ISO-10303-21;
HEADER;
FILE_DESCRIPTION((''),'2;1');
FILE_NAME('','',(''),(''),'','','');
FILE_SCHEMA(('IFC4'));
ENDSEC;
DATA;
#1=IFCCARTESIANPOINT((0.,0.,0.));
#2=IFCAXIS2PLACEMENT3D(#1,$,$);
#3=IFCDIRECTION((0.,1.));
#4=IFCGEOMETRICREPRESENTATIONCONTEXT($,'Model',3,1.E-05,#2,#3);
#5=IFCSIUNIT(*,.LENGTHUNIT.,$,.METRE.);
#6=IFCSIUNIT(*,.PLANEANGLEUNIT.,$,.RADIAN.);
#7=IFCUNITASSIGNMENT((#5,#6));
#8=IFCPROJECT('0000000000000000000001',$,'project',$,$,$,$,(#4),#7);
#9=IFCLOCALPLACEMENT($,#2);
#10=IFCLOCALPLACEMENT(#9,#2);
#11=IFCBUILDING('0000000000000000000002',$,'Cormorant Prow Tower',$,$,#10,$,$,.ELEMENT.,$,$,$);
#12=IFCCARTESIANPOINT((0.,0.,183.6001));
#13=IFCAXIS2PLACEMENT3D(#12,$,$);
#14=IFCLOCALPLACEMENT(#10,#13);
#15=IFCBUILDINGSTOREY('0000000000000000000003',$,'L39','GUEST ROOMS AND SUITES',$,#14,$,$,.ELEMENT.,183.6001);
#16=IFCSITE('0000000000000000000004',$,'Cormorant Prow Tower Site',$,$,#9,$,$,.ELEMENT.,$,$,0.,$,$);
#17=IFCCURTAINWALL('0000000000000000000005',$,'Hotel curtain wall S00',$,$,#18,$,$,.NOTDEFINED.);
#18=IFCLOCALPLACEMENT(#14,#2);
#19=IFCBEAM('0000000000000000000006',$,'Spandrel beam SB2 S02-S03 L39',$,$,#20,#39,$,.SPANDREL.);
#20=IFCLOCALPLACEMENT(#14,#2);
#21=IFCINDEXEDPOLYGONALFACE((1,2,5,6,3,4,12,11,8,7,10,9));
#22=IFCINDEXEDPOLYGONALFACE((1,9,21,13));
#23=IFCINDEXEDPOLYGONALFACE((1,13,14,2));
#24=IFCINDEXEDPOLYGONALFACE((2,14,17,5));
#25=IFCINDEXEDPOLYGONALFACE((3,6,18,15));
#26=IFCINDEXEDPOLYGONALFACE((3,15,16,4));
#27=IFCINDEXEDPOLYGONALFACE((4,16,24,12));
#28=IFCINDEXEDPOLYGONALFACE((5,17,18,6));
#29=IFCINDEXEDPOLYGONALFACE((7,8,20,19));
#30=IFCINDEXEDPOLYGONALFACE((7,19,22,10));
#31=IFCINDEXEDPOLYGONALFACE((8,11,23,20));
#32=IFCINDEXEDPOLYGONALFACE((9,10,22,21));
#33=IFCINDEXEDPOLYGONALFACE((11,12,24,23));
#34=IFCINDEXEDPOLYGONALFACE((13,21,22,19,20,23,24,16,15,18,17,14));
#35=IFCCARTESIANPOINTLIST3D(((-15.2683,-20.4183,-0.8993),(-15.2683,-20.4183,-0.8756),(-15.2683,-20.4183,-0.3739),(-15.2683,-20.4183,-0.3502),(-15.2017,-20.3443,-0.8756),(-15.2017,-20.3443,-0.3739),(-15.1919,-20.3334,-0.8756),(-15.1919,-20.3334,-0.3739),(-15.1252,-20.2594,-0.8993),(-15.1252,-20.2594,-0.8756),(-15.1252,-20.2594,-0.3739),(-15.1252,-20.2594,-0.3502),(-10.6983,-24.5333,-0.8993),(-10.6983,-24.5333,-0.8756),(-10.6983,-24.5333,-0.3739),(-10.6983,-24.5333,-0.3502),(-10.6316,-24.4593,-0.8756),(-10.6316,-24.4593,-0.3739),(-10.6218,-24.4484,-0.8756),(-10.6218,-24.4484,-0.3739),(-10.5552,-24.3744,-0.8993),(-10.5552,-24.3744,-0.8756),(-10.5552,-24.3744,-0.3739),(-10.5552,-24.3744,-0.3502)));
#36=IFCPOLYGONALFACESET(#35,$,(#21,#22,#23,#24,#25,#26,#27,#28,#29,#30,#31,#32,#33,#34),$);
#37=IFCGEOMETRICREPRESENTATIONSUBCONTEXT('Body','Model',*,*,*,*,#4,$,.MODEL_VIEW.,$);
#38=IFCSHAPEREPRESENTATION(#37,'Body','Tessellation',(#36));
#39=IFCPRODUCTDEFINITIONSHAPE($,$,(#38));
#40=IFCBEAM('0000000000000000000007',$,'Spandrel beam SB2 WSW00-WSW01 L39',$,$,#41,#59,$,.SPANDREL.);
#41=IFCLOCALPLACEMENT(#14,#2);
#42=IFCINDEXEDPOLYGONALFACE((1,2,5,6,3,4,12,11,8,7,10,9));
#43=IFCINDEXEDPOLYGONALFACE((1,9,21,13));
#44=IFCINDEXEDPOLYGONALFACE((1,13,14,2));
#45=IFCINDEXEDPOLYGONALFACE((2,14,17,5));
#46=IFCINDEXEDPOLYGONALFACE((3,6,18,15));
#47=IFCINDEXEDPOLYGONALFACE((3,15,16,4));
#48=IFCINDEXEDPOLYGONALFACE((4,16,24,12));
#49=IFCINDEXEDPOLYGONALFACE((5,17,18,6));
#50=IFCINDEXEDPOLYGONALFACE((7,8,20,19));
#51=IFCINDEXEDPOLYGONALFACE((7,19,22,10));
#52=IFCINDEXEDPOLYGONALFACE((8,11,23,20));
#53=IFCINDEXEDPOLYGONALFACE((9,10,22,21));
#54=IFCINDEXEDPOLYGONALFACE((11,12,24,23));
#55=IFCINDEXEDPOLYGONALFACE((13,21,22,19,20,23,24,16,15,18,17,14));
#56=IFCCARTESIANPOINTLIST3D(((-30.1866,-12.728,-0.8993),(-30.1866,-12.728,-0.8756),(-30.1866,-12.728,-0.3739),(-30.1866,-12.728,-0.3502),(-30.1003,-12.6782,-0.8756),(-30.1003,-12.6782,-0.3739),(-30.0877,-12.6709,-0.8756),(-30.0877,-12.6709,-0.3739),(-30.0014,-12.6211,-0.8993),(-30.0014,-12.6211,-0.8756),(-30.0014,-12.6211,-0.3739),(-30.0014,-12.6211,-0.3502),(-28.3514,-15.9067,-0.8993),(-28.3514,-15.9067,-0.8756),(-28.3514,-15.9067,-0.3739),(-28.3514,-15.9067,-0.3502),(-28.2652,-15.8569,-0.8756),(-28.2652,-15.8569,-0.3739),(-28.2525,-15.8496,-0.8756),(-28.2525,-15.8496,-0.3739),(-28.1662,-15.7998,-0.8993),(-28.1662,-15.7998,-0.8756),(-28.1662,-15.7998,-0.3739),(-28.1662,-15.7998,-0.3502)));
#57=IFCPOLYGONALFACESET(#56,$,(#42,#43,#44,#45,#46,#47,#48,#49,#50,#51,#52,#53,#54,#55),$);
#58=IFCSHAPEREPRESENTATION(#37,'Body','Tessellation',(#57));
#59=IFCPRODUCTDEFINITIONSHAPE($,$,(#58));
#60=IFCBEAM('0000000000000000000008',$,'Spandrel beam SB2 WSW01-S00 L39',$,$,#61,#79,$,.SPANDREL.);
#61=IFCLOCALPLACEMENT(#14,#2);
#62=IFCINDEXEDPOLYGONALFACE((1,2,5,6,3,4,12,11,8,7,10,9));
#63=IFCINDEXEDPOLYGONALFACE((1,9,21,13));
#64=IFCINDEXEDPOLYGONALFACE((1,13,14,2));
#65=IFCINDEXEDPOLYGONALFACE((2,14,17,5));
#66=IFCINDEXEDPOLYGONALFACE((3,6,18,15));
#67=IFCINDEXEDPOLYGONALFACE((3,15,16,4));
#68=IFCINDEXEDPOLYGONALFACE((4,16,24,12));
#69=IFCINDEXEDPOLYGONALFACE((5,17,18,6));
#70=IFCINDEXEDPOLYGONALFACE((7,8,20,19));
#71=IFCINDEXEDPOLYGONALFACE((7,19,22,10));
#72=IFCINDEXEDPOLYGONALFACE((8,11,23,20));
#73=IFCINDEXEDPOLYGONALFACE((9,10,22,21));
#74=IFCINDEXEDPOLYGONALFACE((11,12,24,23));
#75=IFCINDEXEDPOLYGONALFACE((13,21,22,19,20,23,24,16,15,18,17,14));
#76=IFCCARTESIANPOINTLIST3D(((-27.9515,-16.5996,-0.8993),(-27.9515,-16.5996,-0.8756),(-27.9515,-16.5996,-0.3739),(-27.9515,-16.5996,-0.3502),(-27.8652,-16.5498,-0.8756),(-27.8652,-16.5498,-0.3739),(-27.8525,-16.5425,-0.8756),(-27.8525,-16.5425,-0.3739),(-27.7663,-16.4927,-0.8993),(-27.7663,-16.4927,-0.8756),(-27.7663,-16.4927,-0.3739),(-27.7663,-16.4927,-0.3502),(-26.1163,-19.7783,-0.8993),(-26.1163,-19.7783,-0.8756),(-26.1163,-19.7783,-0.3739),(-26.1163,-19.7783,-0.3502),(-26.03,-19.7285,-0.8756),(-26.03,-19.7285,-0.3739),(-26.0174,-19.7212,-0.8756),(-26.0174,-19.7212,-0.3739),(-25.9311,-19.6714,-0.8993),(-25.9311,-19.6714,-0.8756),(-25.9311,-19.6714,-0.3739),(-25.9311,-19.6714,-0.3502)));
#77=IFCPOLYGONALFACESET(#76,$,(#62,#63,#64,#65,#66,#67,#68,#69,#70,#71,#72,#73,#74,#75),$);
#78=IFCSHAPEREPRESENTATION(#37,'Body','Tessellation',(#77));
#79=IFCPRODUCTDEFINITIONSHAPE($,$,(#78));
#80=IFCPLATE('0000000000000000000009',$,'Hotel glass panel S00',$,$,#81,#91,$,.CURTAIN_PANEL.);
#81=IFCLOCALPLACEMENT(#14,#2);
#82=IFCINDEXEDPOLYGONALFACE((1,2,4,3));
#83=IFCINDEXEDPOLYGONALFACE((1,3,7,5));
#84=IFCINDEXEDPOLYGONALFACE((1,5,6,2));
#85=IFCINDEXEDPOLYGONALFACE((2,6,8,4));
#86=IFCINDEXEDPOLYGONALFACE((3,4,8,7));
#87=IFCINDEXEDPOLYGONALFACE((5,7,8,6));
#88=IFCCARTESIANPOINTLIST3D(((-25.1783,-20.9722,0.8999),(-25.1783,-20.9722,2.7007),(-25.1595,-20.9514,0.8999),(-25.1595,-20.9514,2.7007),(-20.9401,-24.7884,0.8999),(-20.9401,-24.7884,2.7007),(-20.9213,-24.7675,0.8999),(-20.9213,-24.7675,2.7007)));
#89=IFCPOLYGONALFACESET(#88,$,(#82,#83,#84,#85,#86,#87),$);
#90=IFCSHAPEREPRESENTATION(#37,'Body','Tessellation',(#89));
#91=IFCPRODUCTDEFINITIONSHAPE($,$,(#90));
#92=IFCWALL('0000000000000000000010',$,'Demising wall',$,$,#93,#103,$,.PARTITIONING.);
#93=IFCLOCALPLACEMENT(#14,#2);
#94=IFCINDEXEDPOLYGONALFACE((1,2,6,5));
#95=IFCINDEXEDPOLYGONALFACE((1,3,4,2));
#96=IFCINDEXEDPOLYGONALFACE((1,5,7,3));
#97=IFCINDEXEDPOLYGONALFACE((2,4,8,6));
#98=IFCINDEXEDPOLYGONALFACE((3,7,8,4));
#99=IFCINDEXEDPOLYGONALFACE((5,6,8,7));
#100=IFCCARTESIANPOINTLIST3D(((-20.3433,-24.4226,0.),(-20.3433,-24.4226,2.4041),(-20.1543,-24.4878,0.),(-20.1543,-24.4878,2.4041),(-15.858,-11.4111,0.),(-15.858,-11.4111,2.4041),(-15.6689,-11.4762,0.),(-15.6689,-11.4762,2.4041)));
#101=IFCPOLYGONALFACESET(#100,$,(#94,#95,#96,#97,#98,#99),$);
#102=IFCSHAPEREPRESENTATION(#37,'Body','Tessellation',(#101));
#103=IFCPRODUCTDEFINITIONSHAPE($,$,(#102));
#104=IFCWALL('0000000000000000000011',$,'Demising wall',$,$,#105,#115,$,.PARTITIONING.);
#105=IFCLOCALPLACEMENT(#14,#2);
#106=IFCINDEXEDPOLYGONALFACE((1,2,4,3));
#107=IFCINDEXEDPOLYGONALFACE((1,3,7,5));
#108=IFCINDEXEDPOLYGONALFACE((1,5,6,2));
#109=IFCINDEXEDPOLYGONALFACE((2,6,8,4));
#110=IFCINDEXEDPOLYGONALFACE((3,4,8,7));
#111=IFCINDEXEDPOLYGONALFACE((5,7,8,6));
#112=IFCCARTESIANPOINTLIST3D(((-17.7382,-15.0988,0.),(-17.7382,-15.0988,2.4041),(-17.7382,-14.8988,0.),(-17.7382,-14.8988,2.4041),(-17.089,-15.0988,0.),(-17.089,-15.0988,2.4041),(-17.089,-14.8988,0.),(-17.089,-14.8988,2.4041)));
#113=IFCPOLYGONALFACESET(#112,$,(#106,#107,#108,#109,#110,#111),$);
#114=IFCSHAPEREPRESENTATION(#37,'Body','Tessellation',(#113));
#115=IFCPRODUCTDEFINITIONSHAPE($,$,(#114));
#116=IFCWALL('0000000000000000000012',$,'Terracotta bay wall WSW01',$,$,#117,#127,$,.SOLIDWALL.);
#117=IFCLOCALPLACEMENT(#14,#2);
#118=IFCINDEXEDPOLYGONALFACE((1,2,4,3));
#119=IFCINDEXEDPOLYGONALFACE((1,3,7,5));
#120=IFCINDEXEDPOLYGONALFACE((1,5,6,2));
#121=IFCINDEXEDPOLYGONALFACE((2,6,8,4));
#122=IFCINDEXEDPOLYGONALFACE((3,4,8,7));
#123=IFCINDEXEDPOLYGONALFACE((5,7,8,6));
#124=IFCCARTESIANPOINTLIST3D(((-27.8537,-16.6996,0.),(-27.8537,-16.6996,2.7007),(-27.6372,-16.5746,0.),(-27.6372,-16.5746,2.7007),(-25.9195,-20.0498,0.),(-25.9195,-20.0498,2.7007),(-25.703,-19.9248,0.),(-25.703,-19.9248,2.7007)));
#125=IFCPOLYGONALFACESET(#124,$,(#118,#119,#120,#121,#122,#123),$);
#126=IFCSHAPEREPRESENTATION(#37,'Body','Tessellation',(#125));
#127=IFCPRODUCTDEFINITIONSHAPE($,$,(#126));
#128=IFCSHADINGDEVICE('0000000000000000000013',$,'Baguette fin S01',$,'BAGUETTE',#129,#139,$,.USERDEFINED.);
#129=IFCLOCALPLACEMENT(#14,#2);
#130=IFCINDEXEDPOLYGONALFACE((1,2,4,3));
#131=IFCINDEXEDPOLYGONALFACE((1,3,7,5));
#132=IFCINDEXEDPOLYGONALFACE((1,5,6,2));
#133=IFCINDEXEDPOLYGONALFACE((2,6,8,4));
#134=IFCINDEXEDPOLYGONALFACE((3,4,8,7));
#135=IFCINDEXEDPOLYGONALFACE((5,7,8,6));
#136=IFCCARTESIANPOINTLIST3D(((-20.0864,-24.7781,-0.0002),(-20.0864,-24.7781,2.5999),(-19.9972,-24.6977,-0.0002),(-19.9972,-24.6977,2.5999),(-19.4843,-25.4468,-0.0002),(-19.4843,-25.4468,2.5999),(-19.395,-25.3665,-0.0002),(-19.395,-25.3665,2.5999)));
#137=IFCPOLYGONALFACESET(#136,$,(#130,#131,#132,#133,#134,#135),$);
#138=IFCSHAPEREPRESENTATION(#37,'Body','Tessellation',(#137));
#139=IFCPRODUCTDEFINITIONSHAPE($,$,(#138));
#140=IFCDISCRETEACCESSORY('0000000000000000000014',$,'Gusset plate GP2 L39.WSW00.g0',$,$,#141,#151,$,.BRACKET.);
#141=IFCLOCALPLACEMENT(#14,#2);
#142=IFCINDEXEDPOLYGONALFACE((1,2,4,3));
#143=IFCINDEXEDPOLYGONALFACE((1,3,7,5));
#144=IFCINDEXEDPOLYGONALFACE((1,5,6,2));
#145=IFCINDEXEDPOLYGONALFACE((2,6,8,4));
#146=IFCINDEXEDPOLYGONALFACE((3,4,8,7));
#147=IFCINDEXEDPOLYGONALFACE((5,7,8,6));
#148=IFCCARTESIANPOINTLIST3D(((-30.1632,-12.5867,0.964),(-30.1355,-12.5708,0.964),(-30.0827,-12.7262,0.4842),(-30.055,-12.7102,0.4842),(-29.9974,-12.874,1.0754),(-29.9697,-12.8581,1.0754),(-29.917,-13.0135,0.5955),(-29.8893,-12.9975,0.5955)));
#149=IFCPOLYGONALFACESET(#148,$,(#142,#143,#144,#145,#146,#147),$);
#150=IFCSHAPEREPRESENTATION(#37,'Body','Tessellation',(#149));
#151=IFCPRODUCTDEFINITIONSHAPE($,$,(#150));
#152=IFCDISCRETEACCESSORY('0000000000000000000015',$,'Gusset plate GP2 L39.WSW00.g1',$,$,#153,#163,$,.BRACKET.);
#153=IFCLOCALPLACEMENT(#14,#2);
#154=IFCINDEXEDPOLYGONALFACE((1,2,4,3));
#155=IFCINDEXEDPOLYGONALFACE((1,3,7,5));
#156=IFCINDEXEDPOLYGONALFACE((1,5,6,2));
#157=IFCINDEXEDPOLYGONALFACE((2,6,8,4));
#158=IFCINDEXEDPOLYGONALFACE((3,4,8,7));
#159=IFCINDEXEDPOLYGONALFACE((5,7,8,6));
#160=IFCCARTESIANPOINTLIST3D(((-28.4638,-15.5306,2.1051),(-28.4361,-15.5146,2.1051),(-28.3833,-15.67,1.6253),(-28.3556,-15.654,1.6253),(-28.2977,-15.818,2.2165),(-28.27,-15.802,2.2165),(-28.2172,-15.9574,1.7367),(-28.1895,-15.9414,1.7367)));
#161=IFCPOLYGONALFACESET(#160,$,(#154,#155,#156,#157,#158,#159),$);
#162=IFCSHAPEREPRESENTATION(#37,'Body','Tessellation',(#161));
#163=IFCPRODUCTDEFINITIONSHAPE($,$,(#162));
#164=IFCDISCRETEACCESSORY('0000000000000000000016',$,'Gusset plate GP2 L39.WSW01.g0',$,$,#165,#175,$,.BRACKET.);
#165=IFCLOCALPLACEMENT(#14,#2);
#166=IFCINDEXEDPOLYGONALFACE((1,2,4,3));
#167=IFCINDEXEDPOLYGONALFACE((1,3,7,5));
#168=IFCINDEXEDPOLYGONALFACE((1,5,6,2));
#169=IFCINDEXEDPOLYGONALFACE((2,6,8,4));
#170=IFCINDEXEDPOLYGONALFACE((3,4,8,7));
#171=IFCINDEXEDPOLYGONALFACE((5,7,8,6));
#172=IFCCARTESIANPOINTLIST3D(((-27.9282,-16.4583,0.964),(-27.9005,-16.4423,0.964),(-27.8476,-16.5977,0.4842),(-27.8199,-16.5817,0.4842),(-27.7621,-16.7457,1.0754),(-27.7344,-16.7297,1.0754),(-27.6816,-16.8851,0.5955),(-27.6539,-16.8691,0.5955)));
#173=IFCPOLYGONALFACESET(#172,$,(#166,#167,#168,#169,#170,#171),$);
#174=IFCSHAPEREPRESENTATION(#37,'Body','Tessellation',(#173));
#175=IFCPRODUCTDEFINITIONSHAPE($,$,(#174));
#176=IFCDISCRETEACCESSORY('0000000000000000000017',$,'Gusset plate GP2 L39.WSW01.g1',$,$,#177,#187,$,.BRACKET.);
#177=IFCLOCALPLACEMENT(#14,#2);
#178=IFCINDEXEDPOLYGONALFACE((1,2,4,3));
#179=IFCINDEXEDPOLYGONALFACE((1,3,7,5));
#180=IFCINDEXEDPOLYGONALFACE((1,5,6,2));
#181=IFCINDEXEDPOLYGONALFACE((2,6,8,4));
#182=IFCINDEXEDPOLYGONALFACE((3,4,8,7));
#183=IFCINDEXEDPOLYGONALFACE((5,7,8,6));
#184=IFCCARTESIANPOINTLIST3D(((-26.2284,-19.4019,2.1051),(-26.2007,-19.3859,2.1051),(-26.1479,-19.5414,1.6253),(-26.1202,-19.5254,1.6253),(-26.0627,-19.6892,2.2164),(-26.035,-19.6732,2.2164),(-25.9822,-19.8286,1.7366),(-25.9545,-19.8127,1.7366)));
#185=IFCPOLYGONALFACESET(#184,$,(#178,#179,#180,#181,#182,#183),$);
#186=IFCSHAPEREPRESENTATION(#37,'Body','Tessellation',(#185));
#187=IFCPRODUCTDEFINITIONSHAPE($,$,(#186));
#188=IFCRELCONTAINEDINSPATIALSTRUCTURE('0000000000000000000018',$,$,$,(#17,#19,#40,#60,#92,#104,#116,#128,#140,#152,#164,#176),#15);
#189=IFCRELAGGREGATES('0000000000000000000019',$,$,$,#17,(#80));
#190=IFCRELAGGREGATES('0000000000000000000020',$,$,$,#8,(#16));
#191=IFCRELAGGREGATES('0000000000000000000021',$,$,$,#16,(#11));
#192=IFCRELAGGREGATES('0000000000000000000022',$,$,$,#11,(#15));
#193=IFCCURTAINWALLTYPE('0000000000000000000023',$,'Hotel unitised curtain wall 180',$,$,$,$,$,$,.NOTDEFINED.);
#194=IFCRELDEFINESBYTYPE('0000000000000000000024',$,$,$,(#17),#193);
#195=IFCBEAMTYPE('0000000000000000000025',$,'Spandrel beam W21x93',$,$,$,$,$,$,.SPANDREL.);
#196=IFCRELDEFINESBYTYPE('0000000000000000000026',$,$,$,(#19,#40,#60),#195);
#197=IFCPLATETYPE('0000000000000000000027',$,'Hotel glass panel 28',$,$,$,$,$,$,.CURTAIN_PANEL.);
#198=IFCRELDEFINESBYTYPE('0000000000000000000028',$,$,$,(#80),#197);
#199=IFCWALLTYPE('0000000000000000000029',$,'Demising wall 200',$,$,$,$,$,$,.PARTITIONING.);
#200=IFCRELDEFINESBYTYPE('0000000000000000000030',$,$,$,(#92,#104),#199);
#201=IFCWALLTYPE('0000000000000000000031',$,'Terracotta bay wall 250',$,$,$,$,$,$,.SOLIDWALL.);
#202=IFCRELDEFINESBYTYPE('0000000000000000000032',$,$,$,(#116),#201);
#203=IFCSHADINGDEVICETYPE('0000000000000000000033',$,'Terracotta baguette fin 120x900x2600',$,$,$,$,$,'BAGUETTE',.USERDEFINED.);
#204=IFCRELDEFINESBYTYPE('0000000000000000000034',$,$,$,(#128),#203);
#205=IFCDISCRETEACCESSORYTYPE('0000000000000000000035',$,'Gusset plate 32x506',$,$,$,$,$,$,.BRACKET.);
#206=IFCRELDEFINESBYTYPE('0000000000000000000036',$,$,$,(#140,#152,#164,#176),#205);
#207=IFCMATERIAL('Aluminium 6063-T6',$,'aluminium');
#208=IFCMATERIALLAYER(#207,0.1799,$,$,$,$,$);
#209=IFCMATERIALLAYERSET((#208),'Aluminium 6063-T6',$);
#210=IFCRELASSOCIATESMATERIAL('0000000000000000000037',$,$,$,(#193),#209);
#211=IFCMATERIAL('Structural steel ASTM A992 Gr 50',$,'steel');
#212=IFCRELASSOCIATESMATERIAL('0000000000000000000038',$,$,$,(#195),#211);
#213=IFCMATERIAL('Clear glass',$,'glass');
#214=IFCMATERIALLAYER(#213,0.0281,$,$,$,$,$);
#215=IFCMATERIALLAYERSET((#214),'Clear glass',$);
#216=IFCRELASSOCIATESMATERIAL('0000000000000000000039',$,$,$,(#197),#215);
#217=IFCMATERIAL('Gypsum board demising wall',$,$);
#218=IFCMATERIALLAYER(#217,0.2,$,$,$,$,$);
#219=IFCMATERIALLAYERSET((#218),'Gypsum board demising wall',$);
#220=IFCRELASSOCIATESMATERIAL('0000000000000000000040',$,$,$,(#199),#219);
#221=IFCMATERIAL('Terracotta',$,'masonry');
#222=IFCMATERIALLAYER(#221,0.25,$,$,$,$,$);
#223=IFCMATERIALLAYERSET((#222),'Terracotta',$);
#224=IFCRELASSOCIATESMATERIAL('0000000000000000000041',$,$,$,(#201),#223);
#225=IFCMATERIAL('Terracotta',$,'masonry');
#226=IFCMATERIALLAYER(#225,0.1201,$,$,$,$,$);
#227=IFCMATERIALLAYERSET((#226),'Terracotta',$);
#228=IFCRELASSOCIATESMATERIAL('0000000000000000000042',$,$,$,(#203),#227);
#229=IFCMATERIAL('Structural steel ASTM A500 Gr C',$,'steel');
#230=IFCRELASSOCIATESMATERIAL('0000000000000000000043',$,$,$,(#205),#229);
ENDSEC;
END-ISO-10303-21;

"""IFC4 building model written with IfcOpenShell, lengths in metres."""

from ifc_helpers import new_model, si_unit, direction, frame, frame_2d, origin, origin_2d, place, context, subcontext, project, spatial, rectangle, i_section, extrude, material, layer, layer_set, material_profile, profile_set, type_object, element, aggregate, save


model = new_model("IFC4")

# Units and contexts
model_context = context("Model", 3, precision=1e-05, world=origin(), true_north=direction((0.0, 1.0)))
body_context = subcontext(model_context, "Body", "Model", "MODEL_VIEW")
ifc_project = project(units=[si_unit("LENGTHUNIT", "METRE"), si_unit("PLANEANGLEUNIT", "RADIAN")], contexts=[model_context])

# Site, building, storey
site_placement = place(None, origin())
site = spatial("IfcSite", under=ifc_project, at=site_placement, Name="Cormorant Prow Tower Site", CompositionType="ELEMENT", RefElevation=0.0)
building_placement = place(site_placement, origin())
building = spatial("IfcBuilding", under=site, at=building_placement, Name="Cormorant Prow Tower", CompositionType="ELEMENT")
storey_placement = place(building_placement, frame((0.0, 0.0, 183.6001)))
storey = spatial("IfcBuildingStorey", under=building, at=storey_placement, Name="L39", Description="GUEST ROOMS AND SUITES", CompositionType="ELEMENT", Elevation=183.6001)

# Curtain wall
ifc_material_1 = material(Name="Aluminium 6063-T6", Category="aluminium")
ifc_layer_1 = layer(ifc_material_1, 0.1799)
ifc_layer_set_1 = layer_set([ifc_layer_1], Name="Aluminium 6063-T6")
curtain_wall_type = type_object("IfcCurtainWallType", Name="Hotel unitised curtain wall 180", PredefinedType="NOTDEFINED", material=ifc_layer_set_1)
curtain_wall_placement = place(storey_placement, origin())
curtain_wall = element("IfcCurtainWall", 1, at=curtain_wall_placement, inside=storey, type_object=curtain_wall_type, Name="Hotel curtain wall S00", PredefinedType="NOTDEFINED")

# Beams
ifc_material_2 = material(Name="Structural steel ASTM A992 Gr 50", Category="steel")
ifc_material_profile_1 = material_profile(ifc_material_2, i_section(OverallWidth=0.2139, OverallDepth=0.5491, WebThickness=0.0146, FlangeThickness=0.0237, at=origin_2d()), Name="W21x93")
ifc_profile_set_1 = profile_set([ifc_material_profile_1], Name="Structural steel ASTM A992 Gr 50")
beam_type = type_object("IfcBeamType", Name="Spandrel beam W21x93", PredefinedType="SPANDREL", material=ifc_profile_set_1)
for number, where, z_axis, x_axis, name in (
    (2, (-15.1968, -20.3389, -0.6248), (0.743138, -0.669138, 0.0), (0.669138, 0.743138, 0.0), "Spandrel beam SB2 S02-S03 L39"),
):
    element("IfcBeam", number, at=place(storey_placement, frame(where, z_axis=z_axis, x_axis=x_axis)), inside=storey, type_object=beam_type, Name=name, PredefinedType="SPANDREL", context=body_context, shape_type="SweptSolid", body=[
        extrude(i_section(OverallWidth=0.2139, OverallDepth=0.5491, WebThickness=0.0146, FlangeThickness=0.0237, at=origin_2d()), origin(), (0.0, 0.0, 1.0), 6.1497),
    ])
for number, where, z_axis, x_axis, name in (
    (3, (-30.094, -12.6746, -0.6248), (0.499995, -0.866028, 0.0), (0.866028, 0.499995, 0.0), "Spandrel beam SB2 WSW00-WSW01 L39"),
    (4, (-27.8589, -16.5461, -0.6248), (0.499995, -0.866028, 0.0), (0.866028, 0.499995, 0.0), "Spandrel beam SB2 WSW01-S00 L39"),
):
    element("IfcBeam", number, at=place(storey_placement, frame(where, z_axis=z_axis, x_axis=x_axis)), inside=storey, type_object=beam_type, Name=name, PredefinedType="SPANDREL", context=body_context, shape_type="SweptSolid", body=[
        extrude(i_section(OverallWidth=0.2139, OverallDepth=0.5491, WebThickness=0.0146, FlangeThickness=0.0237, at=origin_2d()), origin(), (0.0, 0.0, 1.0), 3.6704),
    ])

# Plate
ifc_material_3 = material(Name="Clear glass", Category="glass")
ifc_layer_2 = layer(ifc_material_3, 0.0281)
ifc_layer_set_2 = layer_set([ifc_layer_2], Name="Clear glass")
plate_type = type_object("IfcPlateType", Name="Hotel glass panel 28", PredefinedType="CURTAIN_PANEL", material=ifc_layer_set_2)
plate_placement = place(storey_placement, frame((-23.0498, -22.8699, 0.8999), z_axis=(0.0, 0.0, 1.0), x_axis=(0.743145, -0.669131, 0.0)))
plate = element("IfcPlate", 5, at=plate_placement, type_object=plate_type, Name="Hotel glass panel S00", PredefinedType="CURTAIN_PANEL", context=body_context, shape_type="SweptSolid", body=[
    extrude(rectangle(XDim=5.7031, YDim=0.0281, at=origin_2d()), origin(), (0.0, 0.0, 1.0), 1.8008),
])
aggregate(curtain_wall, [plate])

# Walls
ifc_material_4 = material(Name="Gypsum board demising wall")
ifc_layer_3 = layer(ifc_material_4, 0.2)
ifc_layer_set_3 = layer_set([ifc_layer_3], Name="Gypsum board demising wall")
wall_type_1 = type_object("IfcWallType", Name="Demising wall 200", PredefinedType="PARTITIONING", material=ifc_layer_set_3)
wall_1_placement = place(storey_placement, frame((-20.2488, -24.4551, 0.0), z_axis=(0.0, 0.0, 1.0), x_axis=(0.325902, 0.945404, 0.0)))
element("IfcWall", 6, at=wall_1_placement, inside=storey, type_object=wall_type_1, Name="Demising wall", PredefinedType="PARTITIONING", context=body_context, shape_type="SweptSolid", body=[
    extrude(rectangle(XDim=13.7629, YDim=0.2, at=frame_2d((6.8813, 0.0))), origin(), (0.0, 0.0, 1.0), 2.4041),
])
wall_2_placement = place(storey_placement, frame((-17.7383, -14.9988, 0.0), z_axis=(0.0, 0.0, 1.0), x_axis=(1.0, 0.0, 0.0)))
element("IfcWall", 7, at=wall_2_placement, inside=storey, type_object=wall_type_1, Name="Demising wall", PredefinedType="PARTITIONING", context=body_context, shape_type="SweptSolid", body=[
    extrude(rectangle(XDim=0.6492, YDim=0.2, at=frame_2d((0.3247, 0.0))), origin(), (0.0, 0.0, 1.0), 2.4041),
])
ifc_material_5 = material(Name="Terracotta", Category="masonry")
ifc_layer_4 = layer(ifc_material_5, 0.25)
ifc_layer_set_4 = layer_set([ifc_layer_4], Name="Terracotta")
wall_type_2 = type_object("IfcWallType", Name="Terracotta bay wall 250", PredefinedType="SOLIDWALL", material=ifc_layer_set_4)
wall_3_placement = place(storey_placement, frame((-27.7454, -16.6372, 0.0), z_axis=(0.0, 0.0, 1.0), x_axis=(0.499981, -0.866036, 0.0)))
element("IfcWall", 8, at=wall_3_placement, inside=storey, type_object=wall_type_2, Name="Terracotta bay wall WSW01", PredefinedType="SOLIDWALL", context=body_context, shape_type="SweptSolid", body=[
    extrude(rectangle(XDim=3.8684, YDim=0.25, at=frame_2d((1.9341, 0.0))), origin(), (0.0, 0.0, 1.0), 2.7007),
])

# Shading device
ifc_material_6 = material(Name="Terracotta", Category="masonry")
ifc_layer_5 = layer(ifc_material_6, 0.1201)
ifc_layer_set_5 = layer_set([ifc_layer_5], Name="Terracotta")
shading_device_type = type_object("IfcShadingDeviceType", Name="Terracotta baguette fin 120x900x2600", ElementType="BAGUETTE", PredefinedType="USERDEFINED", material=ifc_layer_set_5)
shading_device_placement = place(storey_placement, frame((-19.7407, -25.0723, -0.0002), z_axis=(0.0, 0.0, 1.0), x_axis=(0.743145, 0.669131, 0.0)))
element("IfcShadingDevice", 9, at=shading_device_placement, inside=storey, type_object=shading_device_type, Name="Baguette fin S01", ObjectType="BAGUETTE", PredefinedType="USERDEFINED", context=body_context, shape_type="SweptSolid", body=[
    extrude(rectangle(XDim=0.1201, YDim=0.8999, at=origin_2d()), origin(), (0.0, 0.0, 1.0), 2.6001),
])

# Discrete accessories
ifc_material_7 = material(Name="Structural steel ASTM A500 Gr C", Category="steel")
ifc_material_profile_2 = material_profile(ifc_material_7, rectangle(XDim=0.032, YDim=0.5061, at=origin_2d()), Name="Gusset plate 32x506")
ifc_profile_set_2 = profile_set([ifc_material_profile_2], Name="Structural steel ASTM A500 Gr C")
discrete_accessory_type = type_object("IfcDiscreteAccessoryType", Name="Gusset plate 32x506", PredefinedType="BRACKET", material=ifc_profile_set_2)
discrete_accessory_1_placement = place(storey_placement, frame((-29.9434, -12.9358, 0.8354), z_axis=(-0.473737, 0.82119, -0.31815), x_axis=(-0.866198, -0.499701, 0.0)))
element("IfcDiscreteAccessory", 10, at=discrete_accessory_1_placement, inside=storey, type_object=discrete_accessory_type, Name="Gusset plate GP2 L39.WSW00.g0", PredefinedType="BRACKET", context=body_context, shape_type="SweptSolid", body=[
    extrude(rectangle(XDim=0.032, YDim=0.5061, at=origin_2d()), origin(), (0.0, 0.0, 1.0), 0.3499),
])
for number, where, z_axis, x_axis, name in (
    (11, (-28.4097, -15.5923, 1.8652), (0.474278, -0.820919, 0.318045), (0.865879, 0.500253, 0.0), "Gusset plate GP2 L39.WSW00.g1"),
    (12, (-27.708, -16.8074, 0.8354), (-0.474278, 0.820919, -0.318045), (-0.865879, -0.500253, 0.0), "Gusset plate GP2 L39.WSW01.g0"),
):
    element("IfcDiscreteAccessory", number, at=place(storey_placement, frame(where, z_axis=z_axis, x_axis=x_axis)), inside=storey, type_object=discrete_accessory_type, Name=name, PredefinedType="BRACKET", context=body_context, shape_type="SweptSolid", body=[
        extrude(rectangle(XDim=0.032, YDim=0.5061, at=origin_2d()), origin(), (0.0, 0.0, 1.0), 0.3501),
    ])
discrete_accessory_2_placement = place(storey_placement, frame((-26.1743, -19.4636, 1.8652), z_axis=(0.473737, -0.82119, 0.31815), x_axis=(0.866198, 0.499701, 0.0)))
element("IfcDiscreteAccessory", 13, at=discrete_accessory_2_placement, inside=storey, type_object=discrete_accessory_type, Name="Gusset plate GP2 L39.WSW01.g1", PredefinedType="BRACKET", context=body_context, shape_type="SweptSolid", body=[
    extrude(rectangle(XDim=0.032, YDim=0.5061, at=origin_2d()), origin(), (0.0, 0.0, 1.0), 0.3499),
])

save(model, "model.ifc")
